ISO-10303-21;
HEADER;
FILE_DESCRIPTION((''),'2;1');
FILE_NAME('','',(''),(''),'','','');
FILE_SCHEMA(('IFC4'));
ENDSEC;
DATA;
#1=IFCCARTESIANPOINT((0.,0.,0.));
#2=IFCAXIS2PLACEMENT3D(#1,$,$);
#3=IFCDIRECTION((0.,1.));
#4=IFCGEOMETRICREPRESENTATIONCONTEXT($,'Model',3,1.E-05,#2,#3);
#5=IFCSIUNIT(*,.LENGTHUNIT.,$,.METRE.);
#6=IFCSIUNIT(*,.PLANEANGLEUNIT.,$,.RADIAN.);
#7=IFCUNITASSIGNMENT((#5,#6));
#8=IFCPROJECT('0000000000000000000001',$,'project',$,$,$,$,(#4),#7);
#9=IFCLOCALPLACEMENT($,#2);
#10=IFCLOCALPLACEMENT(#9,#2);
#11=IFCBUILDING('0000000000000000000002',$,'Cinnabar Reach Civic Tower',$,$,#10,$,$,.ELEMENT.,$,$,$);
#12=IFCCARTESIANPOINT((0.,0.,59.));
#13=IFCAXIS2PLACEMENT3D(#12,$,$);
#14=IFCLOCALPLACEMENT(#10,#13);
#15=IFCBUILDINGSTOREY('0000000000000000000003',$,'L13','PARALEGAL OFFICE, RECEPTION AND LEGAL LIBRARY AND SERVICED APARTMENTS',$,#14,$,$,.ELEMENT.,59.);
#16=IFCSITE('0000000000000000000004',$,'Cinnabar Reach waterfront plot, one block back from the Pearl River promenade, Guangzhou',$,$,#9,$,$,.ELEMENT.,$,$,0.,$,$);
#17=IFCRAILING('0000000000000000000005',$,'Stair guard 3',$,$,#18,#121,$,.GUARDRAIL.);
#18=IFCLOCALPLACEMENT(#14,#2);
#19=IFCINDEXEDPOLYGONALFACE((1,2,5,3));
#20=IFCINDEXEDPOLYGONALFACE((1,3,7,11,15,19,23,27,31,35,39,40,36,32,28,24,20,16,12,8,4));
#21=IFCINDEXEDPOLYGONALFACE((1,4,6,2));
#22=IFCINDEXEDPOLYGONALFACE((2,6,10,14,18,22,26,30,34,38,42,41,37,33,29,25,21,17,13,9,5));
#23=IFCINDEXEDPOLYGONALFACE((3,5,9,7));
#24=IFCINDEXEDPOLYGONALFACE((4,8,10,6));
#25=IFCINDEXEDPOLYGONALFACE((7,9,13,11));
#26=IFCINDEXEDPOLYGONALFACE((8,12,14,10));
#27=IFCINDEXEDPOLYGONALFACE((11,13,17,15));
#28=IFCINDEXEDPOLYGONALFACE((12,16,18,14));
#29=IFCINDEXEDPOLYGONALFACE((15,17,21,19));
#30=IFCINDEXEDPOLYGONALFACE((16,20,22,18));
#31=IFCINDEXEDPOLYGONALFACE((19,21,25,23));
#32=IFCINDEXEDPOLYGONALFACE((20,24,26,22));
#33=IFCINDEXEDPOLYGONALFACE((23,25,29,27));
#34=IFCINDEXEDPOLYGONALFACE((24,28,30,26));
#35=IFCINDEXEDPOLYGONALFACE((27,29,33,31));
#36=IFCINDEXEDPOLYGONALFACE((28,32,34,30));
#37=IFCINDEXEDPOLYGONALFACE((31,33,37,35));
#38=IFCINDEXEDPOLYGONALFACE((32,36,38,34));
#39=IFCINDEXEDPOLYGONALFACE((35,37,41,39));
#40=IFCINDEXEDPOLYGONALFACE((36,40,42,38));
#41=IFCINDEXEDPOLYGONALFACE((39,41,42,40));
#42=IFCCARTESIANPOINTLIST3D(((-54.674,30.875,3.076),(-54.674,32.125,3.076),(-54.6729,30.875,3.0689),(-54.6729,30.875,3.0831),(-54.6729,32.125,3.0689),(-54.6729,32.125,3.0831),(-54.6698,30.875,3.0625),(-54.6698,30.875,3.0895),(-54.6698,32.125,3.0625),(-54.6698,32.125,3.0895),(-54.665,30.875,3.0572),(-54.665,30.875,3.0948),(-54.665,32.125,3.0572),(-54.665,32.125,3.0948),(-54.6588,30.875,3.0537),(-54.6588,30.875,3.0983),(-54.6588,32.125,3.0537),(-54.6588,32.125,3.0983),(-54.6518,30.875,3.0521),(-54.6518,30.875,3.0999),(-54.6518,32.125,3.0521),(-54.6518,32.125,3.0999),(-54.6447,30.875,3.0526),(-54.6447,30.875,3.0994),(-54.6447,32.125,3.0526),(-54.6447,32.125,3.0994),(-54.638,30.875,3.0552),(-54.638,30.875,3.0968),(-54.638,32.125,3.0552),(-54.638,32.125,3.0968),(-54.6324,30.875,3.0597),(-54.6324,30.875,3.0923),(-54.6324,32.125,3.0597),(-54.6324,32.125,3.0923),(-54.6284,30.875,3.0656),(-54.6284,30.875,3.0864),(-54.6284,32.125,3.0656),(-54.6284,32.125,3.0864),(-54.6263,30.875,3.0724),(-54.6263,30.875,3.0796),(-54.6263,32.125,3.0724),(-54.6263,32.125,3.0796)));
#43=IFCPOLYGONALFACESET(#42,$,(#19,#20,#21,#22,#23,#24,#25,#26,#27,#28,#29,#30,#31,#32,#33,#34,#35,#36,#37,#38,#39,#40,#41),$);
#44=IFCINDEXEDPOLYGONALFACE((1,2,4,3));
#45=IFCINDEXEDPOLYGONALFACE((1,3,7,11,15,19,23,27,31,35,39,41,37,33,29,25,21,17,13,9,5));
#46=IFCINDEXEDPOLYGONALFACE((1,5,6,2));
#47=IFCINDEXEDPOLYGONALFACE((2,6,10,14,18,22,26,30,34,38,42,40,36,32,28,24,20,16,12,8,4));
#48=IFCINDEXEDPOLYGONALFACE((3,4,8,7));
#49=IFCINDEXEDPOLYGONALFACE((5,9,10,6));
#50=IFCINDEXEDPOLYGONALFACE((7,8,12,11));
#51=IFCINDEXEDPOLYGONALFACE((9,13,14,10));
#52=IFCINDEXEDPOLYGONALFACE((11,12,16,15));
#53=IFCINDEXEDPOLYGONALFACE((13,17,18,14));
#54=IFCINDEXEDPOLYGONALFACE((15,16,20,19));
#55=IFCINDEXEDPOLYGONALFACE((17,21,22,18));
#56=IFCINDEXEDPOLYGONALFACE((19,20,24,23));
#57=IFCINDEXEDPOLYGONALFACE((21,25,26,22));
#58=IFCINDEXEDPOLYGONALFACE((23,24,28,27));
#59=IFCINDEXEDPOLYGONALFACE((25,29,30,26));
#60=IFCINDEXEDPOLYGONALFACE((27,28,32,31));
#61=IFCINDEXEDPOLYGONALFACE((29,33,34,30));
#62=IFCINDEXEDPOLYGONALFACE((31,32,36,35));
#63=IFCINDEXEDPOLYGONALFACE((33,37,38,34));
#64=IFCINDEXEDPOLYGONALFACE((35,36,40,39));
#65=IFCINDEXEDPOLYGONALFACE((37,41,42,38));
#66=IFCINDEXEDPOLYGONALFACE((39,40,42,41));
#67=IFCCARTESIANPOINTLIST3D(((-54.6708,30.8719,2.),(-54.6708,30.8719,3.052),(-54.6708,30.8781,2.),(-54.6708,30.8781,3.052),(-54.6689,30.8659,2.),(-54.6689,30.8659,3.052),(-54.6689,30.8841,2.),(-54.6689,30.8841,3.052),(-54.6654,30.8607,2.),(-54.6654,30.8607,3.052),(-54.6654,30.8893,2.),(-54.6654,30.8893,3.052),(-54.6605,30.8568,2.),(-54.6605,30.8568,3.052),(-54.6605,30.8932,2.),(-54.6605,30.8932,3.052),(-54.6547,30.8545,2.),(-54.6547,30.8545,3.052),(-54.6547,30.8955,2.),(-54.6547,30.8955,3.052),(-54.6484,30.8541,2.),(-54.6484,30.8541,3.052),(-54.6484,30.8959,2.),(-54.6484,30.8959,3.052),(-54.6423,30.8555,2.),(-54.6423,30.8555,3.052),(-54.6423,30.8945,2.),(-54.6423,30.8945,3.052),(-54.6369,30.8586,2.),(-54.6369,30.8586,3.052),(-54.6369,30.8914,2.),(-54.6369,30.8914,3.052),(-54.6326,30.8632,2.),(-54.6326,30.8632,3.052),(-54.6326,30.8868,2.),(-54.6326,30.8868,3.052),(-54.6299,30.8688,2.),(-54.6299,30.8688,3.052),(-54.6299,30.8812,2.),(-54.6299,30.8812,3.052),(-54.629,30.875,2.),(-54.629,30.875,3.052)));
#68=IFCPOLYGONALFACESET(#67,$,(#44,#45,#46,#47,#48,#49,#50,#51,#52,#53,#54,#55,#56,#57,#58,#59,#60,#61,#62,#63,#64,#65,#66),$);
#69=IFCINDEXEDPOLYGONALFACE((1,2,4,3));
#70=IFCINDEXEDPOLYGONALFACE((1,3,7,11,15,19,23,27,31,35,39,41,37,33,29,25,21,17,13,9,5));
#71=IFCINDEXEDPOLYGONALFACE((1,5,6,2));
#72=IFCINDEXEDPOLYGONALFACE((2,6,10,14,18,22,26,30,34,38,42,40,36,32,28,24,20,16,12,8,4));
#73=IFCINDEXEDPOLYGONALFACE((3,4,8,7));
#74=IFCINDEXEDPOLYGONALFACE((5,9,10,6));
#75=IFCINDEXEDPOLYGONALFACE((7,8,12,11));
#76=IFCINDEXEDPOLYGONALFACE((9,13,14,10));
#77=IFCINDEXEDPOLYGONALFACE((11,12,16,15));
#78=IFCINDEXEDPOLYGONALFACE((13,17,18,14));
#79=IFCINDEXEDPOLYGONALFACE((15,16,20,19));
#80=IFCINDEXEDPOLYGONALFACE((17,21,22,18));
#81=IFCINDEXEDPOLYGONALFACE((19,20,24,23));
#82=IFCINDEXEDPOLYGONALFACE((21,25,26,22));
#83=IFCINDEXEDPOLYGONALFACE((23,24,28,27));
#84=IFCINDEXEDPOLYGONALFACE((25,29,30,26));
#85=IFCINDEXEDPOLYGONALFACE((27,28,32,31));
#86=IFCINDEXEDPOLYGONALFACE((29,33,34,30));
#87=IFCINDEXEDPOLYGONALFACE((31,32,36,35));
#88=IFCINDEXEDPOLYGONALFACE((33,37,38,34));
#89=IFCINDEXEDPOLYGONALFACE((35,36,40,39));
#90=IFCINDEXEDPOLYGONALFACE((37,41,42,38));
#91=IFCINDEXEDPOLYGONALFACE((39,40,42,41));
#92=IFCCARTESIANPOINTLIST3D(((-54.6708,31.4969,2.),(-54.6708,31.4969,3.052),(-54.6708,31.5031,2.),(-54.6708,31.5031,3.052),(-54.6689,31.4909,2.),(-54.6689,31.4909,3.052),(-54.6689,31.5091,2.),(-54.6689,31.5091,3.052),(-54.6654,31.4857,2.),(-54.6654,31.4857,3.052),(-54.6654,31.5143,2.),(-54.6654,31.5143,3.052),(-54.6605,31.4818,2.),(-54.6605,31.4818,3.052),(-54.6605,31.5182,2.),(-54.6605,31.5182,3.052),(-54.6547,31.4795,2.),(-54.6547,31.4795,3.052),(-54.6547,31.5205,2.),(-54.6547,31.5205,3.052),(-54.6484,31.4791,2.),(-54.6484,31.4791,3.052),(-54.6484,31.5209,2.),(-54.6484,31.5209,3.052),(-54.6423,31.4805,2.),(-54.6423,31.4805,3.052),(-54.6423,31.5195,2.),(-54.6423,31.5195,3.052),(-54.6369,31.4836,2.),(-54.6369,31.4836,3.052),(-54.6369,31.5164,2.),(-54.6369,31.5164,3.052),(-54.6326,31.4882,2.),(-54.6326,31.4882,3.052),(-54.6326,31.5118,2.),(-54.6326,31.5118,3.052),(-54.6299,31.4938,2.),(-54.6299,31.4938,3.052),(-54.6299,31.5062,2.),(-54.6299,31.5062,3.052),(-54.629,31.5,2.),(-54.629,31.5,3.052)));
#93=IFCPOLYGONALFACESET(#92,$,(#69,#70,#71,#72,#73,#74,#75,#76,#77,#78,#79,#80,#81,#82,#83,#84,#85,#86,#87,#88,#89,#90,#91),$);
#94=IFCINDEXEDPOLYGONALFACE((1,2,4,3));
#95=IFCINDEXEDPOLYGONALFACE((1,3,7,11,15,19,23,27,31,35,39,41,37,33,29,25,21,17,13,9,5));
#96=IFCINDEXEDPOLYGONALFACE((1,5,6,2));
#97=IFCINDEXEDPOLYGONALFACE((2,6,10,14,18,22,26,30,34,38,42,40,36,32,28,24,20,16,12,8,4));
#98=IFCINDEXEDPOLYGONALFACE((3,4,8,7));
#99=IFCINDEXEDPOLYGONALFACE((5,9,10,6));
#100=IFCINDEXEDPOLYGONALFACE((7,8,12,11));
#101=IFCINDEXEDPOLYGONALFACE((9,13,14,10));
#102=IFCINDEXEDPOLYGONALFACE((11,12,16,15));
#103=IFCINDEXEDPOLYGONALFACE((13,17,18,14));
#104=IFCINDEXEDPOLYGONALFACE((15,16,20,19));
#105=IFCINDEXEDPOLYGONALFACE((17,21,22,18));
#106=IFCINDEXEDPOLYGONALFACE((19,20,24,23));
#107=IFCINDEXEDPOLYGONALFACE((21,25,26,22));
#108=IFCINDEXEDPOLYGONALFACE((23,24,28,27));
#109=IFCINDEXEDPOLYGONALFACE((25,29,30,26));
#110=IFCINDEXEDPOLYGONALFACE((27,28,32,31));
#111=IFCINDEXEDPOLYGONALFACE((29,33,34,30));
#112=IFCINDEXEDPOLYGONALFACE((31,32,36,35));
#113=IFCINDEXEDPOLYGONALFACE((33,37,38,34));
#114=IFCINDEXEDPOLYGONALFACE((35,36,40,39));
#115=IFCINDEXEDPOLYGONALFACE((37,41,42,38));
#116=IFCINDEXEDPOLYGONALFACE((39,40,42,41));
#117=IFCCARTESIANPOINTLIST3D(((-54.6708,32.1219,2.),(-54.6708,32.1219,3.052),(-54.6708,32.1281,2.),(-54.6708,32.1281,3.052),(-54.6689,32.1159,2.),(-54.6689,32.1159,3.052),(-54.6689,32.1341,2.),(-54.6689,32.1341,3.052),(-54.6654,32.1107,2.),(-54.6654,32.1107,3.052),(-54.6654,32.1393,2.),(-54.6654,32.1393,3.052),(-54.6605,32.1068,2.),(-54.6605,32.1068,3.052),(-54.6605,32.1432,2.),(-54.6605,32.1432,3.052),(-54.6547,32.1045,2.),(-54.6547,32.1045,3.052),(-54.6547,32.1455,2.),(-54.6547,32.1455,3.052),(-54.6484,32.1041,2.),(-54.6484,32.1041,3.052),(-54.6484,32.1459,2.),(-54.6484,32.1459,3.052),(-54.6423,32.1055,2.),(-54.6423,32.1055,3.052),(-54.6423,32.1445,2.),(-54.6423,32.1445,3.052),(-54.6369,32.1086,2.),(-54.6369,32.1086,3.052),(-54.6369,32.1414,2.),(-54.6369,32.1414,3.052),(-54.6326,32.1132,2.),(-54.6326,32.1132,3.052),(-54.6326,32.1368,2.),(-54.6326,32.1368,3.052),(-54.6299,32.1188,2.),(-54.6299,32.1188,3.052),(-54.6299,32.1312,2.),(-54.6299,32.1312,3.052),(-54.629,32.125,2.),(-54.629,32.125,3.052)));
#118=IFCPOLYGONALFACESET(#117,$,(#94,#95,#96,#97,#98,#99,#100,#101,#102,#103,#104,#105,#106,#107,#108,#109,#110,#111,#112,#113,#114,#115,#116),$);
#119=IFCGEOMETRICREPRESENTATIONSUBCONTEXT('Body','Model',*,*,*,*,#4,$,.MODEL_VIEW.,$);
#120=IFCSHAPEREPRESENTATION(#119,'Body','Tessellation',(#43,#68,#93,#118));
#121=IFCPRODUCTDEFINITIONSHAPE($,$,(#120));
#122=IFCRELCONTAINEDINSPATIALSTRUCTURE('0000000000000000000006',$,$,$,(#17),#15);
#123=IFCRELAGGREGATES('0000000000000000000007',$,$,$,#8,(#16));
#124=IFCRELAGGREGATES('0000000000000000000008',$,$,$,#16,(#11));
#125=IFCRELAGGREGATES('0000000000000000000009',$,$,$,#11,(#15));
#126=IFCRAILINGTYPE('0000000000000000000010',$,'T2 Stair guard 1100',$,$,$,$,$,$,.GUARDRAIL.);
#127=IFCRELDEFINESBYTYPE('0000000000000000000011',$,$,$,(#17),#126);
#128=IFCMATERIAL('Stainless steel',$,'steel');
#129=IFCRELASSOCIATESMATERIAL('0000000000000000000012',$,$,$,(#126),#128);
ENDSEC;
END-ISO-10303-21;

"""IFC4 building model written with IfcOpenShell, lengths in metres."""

from ifc_helpers import new_model, si_unit, direction, frame, origin, origin_2d, place, context, subcontext, project, spatial, circle, extrude, material, type_object, element, save


model = new_model("IFC4")

# Units and contexts
model_context = context("Model", 3, precision=1e-05, world=origin(), true_north=direction((0.0, 1.0)))
body_context = subcontext(model_context, "Body", "Model", "MODEL_VIEW")
ifc_project = project(units=[si_unit("LENGTHUNIT", "METRE"), si_unit("PLANEANGLEUNIT", "RADIAN")], contexts=[model_context])

# Site, building, storey
site_placement = place(None, origin())
site = spatial("IfcSite", under=ifc_project, at=site_placement, Name="Cinnabar Reach waterfront plot, one block back from the Pearl River promenade, Guangzhou", CompositionType="ELEMENT", RefElevation=0.0)
building_placement = place(site_placement, origin())
building = spatial("IfcBuilding", under=site, at=building_placement, Name="Cinnabar Reach Civic Tower", CompositionType="ELEMENT")
storey_placement = place(building_placement, frame((0.0, 0.0, 59.0)))
storey = spatial("IfcBuildingStorey", under=building, at=storey_placement, Name="L13", Description="PARALEGAL OFFICE, RECEPTION AND LEGAL LIBRARY AND SERVICED APARTMENTS", CompositionType="ELEMENT", Elevation=59.0)

# Railing
ifc_material_1 = material(Name="Stainless steel", Category="steel")
railing_type = type_object("IfcRailingType", Name="T2 Stair guard 1100", PredefinedType="GUARDRAIL", material=ifc_material_1)
railing_1_placement = place(storey_placement, frame((-54.65, 30.875, 2.0)))
element("IfcRailing", 1, at=railing_1_placement, inside=storey, type_object=railing_type, Name="Stair guard 3", PredefinedType="GUARDRAIL", context=body_context, shape_type="SweptSolid", body=[
    extrude(circle(Radius=0.024, at=origin_2d()), frame((0.0, 0.0, 1.076), z_axis=(0.0, 1.0, 0.0), x_axis=(-1.0, 0.0, 0.0)), (0.0, 0.0, 1.0), 1.25),
    extrude(circle(Radius=0.021, at=origin_2d()), origin(), (0.0, 0.0, 1.0), 1.052),
    extrude(circle(Radius=0.021, at=origin_2d()), frame((0.0, 0.625, 0.0)), (0.0, 0.0, 1.0), 1.052),
    extrude(circle(Radius=0.021, at=origin_2d()), frame((0.0, 1.25, 0.0)), (0.0, 0.0, 1.0), 1.052),
])

save(model, "model.ifc")
